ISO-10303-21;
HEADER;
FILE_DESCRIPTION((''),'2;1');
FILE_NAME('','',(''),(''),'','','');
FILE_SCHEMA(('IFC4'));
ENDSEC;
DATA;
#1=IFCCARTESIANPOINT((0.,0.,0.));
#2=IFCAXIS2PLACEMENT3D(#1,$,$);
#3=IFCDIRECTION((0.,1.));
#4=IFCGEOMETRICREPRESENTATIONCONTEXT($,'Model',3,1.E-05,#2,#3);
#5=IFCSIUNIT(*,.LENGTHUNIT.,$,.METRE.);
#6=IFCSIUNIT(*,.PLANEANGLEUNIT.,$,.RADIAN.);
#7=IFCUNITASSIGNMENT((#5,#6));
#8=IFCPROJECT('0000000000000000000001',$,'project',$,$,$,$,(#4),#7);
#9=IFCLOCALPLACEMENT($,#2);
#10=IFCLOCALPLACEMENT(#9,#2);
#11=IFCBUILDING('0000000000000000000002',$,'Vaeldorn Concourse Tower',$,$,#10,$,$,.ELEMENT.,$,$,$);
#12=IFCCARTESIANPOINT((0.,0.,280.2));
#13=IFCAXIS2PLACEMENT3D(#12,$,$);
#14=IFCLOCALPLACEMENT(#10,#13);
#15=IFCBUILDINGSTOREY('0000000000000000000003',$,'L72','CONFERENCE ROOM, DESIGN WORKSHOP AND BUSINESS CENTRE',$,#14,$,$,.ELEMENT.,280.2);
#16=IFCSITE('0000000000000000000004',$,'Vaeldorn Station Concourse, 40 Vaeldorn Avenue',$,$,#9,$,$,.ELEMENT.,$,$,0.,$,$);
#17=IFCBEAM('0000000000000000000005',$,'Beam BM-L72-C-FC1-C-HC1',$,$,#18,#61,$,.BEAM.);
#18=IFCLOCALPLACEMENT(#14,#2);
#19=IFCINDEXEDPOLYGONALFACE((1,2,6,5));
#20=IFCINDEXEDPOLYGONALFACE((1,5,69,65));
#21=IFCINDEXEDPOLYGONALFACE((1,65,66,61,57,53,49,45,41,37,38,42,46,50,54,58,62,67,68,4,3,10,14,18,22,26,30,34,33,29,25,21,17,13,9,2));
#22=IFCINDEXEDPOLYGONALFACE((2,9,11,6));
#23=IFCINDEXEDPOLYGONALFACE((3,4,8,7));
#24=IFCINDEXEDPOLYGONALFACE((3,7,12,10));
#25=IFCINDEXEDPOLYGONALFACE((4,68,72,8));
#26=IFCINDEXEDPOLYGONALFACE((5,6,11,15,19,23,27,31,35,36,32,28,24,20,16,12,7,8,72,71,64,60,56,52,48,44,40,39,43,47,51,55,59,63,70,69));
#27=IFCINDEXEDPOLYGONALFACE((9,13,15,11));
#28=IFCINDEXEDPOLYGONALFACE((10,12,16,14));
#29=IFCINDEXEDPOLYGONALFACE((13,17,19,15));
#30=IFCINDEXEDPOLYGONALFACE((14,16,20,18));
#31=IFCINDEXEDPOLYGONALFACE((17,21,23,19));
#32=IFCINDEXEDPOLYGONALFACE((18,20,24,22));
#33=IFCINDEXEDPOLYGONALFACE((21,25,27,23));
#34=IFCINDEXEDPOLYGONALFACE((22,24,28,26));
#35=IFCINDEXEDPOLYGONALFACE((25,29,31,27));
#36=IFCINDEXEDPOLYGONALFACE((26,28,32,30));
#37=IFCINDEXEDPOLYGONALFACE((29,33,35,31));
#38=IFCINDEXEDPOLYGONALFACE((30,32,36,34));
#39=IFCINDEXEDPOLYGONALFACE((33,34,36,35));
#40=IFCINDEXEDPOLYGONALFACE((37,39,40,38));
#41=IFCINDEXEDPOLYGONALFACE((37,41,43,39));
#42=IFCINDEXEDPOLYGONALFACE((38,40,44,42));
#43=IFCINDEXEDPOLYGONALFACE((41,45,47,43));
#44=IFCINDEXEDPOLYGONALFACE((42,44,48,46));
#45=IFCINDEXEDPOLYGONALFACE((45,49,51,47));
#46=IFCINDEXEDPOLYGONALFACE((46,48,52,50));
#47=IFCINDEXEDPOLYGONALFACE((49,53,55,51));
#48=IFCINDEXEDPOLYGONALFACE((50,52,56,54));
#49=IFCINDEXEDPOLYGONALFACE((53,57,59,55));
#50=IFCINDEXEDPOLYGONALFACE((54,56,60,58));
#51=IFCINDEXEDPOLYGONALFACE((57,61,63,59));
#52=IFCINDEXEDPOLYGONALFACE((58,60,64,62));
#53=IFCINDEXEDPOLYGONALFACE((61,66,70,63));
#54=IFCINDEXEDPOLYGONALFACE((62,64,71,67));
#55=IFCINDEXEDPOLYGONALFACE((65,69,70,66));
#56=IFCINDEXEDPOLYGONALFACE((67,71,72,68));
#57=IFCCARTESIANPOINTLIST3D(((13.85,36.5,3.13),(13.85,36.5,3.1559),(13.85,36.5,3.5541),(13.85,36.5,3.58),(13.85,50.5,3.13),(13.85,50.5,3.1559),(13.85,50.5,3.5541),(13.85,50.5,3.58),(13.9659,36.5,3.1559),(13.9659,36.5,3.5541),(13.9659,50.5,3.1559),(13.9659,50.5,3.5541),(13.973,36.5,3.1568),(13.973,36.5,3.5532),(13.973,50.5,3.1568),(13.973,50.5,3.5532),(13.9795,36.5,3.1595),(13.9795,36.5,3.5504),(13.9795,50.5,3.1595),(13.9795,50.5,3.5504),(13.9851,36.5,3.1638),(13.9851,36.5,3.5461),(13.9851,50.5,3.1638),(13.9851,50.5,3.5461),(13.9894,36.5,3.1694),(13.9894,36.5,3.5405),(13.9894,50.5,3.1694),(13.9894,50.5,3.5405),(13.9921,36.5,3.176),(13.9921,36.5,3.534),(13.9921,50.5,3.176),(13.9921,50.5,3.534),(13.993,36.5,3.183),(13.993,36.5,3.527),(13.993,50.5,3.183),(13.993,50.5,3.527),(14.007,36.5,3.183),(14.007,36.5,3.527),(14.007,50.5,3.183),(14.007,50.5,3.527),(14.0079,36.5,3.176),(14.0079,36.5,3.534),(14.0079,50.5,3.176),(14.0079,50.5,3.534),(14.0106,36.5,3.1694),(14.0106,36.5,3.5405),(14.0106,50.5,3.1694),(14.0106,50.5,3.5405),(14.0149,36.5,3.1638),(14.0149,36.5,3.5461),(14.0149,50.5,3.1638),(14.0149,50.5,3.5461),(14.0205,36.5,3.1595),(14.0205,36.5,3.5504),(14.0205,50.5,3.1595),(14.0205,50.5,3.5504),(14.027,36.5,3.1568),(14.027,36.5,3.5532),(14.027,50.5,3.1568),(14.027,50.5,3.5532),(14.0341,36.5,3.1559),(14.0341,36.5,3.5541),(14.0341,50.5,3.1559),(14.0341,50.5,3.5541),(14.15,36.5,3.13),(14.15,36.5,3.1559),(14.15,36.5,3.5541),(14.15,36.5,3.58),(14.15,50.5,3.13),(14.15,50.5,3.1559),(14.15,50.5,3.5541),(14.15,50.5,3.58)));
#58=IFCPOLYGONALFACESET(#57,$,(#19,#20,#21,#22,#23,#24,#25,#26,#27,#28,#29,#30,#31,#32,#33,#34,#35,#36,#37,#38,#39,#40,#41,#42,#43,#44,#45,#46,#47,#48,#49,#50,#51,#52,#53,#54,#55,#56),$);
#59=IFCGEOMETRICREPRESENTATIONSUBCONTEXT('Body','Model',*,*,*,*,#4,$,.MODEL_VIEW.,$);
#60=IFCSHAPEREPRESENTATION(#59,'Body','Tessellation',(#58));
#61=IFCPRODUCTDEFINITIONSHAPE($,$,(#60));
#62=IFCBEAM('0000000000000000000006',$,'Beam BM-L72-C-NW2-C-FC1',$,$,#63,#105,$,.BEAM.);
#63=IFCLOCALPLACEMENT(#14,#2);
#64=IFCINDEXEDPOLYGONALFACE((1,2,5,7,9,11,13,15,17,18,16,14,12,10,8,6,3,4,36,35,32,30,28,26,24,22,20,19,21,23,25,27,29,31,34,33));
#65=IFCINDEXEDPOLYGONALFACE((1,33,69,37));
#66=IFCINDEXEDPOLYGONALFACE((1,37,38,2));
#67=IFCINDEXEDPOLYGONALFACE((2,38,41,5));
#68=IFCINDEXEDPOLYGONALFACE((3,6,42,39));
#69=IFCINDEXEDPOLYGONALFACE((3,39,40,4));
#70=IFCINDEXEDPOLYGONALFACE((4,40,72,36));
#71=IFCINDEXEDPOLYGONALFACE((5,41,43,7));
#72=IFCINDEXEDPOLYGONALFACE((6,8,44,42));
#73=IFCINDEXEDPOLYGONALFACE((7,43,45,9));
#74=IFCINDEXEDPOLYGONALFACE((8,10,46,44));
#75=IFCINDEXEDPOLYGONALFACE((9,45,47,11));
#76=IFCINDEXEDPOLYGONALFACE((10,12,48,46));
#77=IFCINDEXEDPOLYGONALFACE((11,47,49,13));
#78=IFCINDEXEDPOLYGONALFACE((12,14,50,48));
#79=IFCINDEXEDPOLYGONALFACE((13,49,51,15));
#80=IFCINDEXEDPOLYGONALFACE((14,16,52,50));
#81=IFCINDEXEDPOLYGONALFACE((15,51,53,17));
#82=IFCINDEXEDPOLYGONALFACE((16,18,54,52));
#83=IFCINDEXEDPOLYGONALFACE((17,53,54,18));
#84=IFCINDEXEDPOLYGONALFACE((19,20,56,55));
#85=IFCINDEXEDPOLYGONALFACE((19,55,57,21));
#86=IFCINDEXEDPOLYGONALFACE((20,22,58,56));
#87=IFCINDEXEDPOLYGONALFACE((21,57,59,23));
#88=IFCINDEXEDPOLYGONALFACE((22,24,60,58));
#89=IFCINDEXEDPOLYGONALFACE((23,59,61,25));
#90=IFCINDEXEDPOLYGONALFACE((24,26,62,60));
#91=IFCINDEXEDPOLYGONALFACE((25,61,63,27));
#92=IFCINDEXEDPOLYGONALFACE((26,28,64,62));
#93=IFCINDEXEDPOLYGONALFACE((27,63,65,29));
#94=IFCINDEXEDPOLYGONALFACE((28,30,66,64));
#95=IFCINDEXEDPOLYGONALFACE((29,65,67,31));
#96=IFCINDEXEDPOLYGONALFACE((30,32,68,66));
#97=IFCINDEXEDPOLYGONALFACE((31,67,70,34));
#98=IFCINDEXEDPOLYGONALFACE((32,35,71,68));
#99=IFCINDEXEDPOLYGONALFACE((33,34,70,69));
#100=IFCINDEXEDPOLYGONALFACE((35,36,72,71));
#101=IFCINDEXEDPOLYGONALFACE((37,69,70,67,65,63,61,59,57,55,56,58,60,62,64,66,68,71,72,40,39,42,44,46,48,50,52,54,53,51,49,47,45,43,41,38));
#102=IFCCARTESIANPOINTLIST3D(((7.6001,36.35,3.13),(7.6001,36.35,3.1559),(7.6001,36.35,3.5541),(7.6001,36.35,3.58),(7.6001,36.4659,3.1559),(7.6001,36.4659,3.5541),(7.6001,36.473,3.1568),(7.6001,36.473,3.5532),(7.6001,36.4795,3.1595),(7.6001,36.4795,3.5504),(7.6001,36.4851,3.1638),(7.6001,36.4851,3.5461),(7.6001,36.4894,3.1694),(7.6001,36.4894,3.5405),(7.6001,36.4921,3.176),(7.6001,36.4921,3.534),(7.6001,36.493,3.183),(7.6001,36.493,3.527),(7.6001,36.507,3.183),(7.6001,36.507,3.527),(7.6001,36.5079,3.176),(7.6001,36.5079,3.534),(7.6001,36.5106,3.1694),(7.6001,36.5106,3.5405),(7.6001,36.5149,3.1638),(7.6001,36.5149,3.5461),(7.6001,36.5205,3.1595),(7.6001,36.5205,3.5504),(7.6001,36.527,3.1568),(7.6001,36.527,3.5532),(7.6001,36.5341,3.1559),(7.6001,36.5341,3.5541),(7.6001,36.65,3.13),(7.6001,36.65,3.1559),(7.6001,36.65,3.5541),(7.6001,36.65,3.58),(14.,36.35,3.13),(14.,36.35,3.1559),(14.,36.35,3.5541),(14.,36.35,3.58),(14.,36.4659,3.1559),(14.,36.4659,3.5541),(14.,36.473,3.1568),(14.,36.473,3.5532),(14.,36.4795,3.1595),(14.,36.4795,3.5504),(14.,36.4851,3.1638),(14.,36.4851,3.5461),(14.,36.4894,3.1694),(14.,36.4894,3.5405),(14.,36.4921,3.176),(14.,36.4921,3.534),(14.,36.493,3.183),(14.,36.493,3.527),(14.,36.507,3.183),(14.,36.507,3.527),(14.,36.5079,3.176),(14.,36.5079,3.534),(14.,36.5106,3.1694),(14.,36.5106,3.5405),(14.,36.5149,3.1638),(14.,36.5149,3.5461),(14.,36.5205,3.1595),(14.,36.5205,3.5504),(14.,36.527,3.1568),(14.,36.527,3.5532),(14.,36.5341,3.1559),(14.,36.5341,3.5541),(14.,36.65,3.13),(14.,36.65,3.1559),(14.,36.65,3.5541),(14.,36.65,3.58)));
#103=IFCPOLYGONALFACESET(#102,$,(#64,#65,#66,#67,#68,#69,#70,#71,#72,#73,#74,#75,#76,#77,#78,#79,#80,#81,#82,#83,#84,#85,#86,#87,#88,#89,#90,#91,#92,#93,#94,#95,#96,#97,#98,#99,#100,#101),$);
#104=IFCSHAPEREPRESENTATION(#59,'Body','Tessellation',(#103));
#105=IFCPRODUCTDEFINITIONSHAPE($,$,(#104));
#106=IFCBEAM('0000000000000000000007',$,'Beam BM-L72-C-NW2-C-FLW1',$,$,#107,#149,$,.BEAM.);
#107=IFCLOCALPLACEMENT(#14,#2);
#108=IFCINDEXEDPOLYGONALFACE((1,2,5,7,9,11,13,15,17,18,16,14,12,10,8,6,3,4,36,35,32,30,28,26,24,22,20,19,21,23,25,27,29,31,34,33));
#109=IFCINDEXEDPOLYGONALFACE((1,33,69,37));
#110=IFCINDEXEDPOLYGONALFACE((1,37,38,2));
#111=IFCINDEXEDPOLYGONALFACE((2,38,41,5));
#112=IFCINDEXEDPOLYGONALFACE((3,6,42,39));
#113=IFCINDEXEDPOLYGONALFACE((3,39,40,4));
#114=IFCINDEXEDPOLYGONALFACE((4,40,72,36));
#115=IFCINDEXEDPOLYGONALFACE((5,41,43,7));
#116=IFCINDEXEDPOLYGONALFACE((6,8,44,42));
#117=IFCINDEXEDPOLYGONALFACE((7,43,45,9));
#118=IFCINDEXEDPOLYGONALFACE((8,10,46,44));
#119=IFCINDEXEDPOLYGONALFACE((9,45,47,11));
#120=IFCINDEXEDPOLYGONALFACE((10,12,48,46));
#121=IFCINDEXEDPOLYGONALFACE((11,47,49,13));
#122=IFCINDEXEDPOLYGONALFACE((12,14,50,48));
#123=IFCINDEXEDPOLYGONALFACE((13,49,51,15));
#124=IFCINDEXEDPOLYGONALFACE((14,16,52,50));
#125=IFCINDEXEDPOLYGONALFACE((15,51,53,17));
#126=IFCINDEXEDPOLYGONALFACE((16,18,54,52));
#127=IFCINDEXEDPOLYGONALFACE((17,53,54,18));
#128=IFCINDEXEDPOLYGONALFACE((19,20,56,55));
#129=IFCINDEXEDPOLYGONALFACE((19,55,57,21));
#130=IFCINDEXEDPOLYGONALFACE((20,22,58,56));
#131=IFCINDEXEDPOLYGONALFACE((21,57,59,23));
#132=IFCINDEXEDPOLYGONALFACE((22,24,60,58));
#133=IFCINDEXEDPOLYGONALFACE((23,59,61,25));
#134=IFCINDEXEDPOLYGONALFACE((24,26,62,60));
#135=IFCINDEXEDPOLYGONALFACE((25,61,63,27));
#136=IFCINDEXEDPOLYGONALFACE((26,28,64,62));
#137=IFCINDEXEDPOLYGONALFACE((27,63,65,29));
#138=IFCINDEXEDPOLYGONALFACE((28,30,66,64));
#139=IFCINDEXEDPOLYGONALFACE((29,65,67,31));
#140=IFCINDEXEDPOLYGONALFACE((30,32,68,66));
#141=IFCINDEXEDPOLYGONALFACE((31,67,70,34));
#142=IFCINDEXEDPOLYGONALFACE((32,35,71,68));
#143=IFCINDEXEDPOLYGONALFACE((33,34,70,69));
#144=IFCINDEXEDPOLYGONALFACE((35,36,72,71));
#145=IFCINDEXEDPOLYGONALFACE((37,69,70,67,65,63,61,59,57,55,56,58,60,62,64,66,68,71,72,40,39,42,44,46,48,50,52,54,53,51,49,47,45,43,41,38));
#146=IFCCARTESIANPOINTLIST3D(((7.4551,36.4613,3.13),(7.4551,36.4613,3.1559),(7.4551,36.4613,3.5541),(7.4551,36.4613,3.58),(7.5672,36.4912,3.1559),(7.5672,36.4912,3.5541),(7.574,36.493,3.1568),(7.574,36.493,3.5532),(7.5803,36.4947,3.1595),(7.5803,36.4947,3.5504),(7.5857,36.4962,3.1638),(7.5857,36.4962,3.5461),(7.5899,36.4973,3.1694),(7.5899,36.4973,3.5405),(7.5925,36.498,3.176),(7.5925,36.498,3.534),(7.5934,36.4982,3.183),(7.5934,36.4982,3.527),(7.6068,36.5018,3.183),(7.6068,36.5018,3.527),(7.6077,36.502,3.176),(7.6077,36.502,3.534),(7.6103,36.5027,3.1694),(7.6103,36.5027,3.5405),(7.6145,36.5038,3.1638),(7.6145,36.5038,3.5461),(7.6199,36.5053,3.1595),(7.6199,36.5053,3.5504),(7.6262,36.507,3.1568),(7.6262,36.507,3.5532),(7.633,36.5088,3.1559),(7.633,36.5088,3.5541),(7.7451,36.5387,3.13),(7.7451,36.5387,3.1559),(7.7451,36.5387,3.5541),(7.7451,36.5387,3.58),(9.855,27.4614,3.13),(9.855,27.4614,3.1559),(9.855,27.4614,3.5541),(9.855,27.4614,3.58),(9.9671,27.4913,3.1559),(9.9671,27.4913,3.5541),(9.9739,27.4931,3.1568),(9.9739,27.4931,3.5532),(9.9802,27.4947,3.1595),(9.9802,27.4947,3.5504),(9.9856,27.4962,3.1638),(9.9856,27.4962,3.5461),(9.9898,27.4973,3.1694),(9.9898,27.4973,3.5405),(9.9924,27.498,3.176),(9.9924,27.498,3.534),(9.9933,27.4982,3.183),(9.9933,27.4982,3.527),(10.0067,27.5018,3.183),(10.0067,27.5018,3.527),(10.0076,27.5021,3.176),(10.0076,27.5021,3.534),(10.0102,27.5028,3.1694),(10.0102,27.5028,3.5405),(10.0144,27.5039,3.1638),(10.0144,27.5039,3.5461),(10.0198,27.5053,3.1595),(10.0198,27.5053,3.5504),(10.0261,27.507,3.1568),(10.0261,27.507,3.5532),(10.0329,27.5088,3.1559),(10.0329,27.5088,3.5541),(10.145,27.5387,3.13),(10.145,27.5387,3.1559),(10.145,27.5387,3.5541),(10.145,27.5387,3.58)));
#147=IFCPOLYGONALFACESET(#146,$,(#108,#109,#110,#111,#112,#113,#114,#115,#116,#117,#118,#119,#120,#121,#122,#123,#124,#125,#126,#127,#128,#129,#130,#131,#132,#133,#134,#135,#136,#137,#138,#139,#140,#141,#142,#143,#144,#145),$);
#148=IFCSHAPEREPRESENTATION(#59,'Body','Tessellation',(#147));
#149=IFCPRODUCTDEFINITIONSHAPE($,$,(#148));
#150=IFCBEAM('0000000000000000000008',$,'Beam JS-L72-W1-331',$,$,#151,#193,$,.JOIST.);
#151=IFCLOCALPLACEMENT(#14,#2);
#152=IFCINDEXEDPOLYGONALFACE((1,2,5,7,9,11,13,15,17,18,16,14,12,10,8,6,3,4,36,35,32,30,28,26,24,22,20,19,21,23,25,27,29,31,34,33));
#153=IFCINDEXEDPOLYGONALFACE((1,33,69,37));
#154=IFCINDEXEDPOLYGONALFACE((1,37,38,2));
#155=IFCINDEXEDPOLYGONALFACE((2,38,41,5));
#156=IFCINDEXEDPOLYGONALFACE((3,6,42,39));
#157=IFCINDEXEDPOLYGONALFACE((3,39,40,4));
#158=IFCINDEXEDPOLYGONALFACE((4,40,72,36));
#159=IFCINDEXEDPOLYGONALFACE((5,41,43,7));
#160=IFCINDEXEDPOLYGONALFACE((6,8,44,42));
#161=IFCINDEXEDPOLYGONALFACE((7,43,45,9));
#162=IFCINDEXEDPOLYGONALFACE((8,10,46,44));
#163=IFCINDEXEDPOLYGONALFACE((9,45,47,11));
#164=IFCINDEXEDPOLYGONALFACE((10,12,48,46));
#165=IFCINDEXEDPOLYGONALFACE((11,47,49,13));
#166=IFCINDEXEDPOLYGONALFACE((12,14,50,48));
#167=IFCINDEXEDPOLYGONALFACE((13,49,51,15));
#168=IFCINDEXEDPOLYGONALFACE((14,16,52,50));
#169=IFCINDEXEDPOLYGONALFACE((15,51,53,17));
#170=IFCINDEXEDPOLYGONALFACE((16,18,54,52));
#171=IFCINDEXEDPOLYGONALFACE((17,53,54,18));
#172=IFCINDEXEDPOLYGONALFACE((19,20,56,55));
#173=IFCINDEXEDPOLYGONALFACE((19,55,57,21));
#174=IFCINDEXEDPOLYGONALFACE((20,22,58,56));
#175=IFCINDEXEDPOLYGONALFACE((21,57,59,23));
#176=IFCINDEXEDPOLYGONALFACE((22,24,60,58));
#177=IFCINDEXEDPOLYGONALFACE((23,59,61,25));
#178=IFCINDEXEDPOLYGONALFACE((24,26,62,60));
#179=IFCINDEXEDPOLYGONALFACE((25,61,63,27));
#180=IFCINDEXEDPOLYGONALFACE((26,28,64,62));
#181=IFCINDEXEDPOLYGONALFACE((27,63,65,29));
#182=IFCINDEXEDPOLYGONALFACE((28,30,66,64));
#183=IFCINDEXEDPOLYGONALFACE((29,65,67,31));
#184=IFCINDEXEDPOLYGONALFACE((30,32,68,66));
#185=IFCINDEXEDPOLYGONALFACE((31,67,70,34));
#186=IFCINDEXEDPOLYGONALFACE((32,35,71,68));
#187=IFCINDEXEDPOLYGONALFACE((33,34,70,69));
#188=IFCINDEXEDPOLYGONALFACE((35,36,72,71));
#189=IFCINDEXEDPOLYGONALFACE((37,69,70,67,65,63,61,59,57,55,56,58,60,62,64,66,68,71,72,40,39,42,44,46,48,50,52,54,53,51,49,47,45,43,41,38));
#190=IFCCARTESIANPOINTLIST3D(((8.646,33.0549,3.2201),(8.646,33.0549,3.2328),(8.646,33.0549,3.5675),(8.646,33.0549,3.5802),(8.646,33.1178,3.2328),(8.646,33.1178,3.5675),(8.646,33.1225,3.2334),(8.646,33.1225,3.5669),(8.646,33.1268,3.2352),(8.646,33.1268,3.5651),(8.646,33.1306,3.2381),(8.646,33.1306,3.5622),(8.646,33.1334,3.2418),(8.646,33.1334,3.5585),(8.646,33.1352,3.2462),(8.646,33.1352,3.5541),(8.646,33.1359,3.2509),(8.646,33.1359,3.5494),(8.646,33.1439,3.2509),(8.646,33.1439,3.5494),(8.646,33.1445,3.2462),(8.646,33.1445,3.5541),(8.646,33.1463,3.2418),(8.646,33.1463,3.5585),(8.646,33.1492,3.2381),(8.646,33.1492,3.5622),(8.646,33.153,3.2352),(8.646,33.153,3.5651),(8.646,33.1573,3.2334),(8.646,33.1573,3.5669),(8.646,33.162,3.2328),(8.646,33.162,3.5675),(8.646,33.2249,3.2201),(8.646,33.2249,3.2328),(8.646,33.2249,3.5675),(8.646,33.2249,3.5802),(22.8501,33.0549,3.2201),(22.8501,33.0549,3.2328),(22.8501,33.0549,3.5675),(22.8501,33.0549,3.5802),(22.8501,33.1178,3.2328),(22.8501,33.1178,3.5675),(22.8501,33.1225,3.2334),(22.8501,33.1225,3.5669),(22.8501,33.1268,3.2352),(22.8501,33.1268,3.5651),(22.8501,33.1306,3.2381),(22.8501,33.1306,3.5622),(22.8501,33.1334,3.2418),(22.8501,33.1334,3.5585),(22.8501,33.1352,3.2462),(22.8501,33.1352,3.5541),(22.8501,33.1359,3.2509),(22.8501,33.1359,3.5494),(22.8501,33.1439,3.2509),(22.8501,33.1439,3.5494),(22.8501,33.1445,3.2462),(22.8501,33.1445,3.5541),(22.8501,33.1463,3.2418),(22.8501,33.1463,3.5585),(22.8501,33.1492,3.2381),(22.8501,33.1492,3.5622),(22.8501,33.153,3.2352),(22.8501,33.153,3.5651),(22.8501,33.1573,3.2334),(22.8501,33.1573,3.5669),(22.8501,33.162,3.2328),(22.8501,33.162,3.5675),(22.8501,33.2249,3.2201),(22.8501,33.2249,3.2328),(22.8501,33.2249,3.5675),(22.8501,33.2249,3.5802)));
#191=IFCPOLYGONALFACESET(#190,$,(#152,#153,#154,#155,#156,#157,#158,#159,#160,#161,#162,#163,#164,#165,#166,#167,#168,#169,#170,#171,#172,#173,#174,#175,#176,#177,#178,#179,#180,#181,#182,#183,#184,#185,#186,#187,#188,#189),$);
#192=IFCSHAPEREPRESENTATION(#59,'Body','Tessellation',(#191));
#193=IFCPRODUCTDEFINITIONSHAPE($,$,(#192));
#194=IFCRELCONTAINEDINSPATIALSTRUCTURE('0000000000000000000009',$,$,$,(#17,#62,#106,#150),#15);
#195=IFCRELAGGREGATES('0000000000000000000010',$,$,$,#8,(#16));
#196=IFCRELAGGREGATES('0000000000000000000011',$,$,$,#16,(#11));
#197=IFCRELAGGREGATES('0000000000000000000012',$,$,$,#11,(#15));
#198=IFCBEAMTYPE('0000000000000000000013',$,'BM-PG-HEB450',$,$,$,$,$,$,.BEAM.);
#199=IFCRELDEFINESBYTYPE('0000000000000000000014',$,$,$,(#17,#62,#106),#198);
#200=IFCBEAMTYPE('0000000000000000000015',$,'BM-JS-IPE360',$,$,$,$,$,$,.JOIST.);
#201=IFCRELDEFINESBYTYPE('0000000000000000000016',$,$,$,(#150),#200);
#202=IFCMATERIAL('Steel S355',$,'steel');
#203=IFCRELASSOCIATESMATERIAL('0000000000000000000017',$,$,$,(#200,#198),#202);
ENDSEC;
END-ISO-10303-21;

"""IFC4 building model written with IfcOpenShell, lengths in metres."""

from ifc_helpers import new_model, si_unit, direction, frame, origin, origin_2d, place, context, subcontext, project, spatial, i_section, extrude, source, transform, mapped, material, material_profile, profile_set, type_object, element, save


model = new_model("IFC4")

# Units and contexts
model_context = context("Model", 3, precision=1e-05, world=origin(), true_north=direction((0.0, 1.0)))
body_context = subcontext(model_context, "Body", "Model", "MODEL_VIEW")
ifc_project = project(units=[si_unit("LENGTHUNIT", "METRE"), si_unit("PLANEANGLEUNIT", "RADIAN")], contexts=[model_context])

# Site, building, storey
site_placement = place(None, origin())
site = spatial("IfcSite", under=ifc_project, at=site_placement, Name="Vaeldorn Station Concourse, 40 Vaeldorn Avenue", CompositionType="ELEMENT", RefElevation=0.0)
building_placement = place(site_placement, origin())
building = spatial("IfcBuilding", under=site, at=building_placement, Name="Vaeldorn Concourse Tower", CompositionType="ELEMENT")
storey_placement = place(building_placement, frame((0.0, 0.0, 280.2)))
storey = spatial("IfcBuildingStorey", under=building, at=storey_placement, Name="L72", Description="CONFERENCE ROOM, DESIGN WORKSHOP AND BUSINESS CENTRE", CompositionType="ELEMENT", Elevation=280.2)

# Shared definitions
ifc_material_1 = material(Name="Steel S355", Category="steel")

# Beams
ifc_material_profile_1 = material_profile(ifc_material_1, i_section(OverallWidth=0.1699, OverallDepth=0.3601, WebThickness=0.0081, FlangeThickness=0.0127, FilletRadius=0.0181, at=origin_2d()), Name="IPE 360")
ifc_profile_set_1 = profile_set([ifc_material_profile_1], Name="Steel S355")
beam_type_1 = type_object("IfcBeamType", Name="BM-JS-IPE360", PredefinedType="JOIST", material=ifc_profile_set_1)
ifc_material_profile_2 = material_profile(ifc_material_1, i_section(OverallWidth=0.3, OverallDepth=0.45, WebThickness=0.0139, FlangeThickness=0.0259, FilletRadius=0.0271, at=origin_2d()), Name="HEB 450")
ifc_profile_set_2 = profile_set([ifc_material_profile_2], Name="Steel S355")
beam_type_2 = type_object("IfcBeamType", Name="BM-PG-HEB450", PredefinedType="BEAM", material=ifc_profile_set_2)
shared_shape_1 = source(origin(), body_context, "Body", "SweptSolid", [
    extrude(i_section(OverallWidth=0.3, OverallDepth=0.45, WebThickness=0.0139, FlangeThickness=0.0259, FilletRadius=0.0271, at=origin_2d()), origin(), (0.0, 0.0, 1.0), 14.0),
])
beam_1_placement = place(storey_placement, frame((14.0, 36.5, 3.355), z_axis=(0.0, 1.0, 0.0), x_axis=(-1.0, 0.0, 0.0)))
element("IfcBeam", 1, at=beam_1_placement, inside=storey, type_object=beam_type_2, Name="Beam BM-L72-C-FC1-C-HC1", PredefinedType="BEAM", context=body_context, shape_type="MappedRepresentation", body=[
    mapped(shared_shape_1, transform((0.0, 0.0, 0.0), scale=1.0)),
])
shared_shape_2 = source(origin(), body_context, "Body", "SweptSolid", [
    extrude(i_section(OverallWidth=0.3, OverallDepth=0.45, WebThickness=0.0139, FlangeThickness=0.0259, FilletRadius=0.0271, at=origin_2d()), origin(), (0.0, 0.0, 1.0), 6.3999),
])
beam_2_placement = place(storey_placement, frame((7.6001, 36.5, 3.355), z_axis=(1.0, 0.0, 0.0), x_axis=(0.0, 1.0, 0.0)))
element("IfcBeam", 2, at=beam_2_placement, inside=storey, type_object=beam_type_2, Name="Beam BM-L72-C-NW2-C-FC1", PredefinedType="BEAM", context=body_context, shape_type="MappedRepresentation", body=[
    mapped(shared_shape_2, transform((0.0, 0.0, 0.0), scale=1.0)),
])
shared_shape_3 = source(origin(), body_context, "Body", "SweptSolid", [
    extrude(i_section(OverallWidth=0.3, OverallDepth=0.45, WebThickness=0.0139, FlangeThickness=0.0259, FilletRadius=0.0271, at=origin_2d()), origin(), (0.0, 0.0, 1.0), 9.3145),
])
beam_3_placement = place(storey_placement, frame((7.6001, 36.5, 3.355), z_axis=(0.257653, -0.966238, 0.0), x_axis=(0.966238, 0.257653, 0.0)))
element("IfcBeam", 3, at=beam_3_placement, inside=storey, type_object=beam_type_2, Name="Beam BM-L72-C-NW2-C-FLW1", PredefinedType="BEAM", context=body_context, shape_type="MappedRepresentation", body=[
    mapped(shared_shape_3, transform((0.0, 0.0, 0.0), scale=1.0)),
])
shared_shape_4 = source(origin(), body_context, "Body", "SweptSolid", [
    extrude(i_section(OverallWidth=0.1699, OverallDepth=0.3601, WebThickness=0.0081, FlangeThickness=0.0127, FilletRadius=0.0181, at=origin_2d()), origin(), (0.0, 0.0, 1.0), 14.2041),
])
beam_4_placement = place(storey_placement, frame((8.646, 33.1399, 3.4001), z_axis=(1.0, 0.0, 0.0), x_axis=(0.0, 1.0, 0.0)))
element("IfcBeam", 4, at=beam_4_placement, inside=storey, type_object=beam_type_1, Name="Beam JS-L72-W1-331", PredefinedType="JOIST", context=body_context, shape_type="MappedRepresentation", body=[
    mapped(shared_shape_4, transform((0.0, 0.0, 0.0), scale=1.0)),
])

save(model, "model.ifc")
